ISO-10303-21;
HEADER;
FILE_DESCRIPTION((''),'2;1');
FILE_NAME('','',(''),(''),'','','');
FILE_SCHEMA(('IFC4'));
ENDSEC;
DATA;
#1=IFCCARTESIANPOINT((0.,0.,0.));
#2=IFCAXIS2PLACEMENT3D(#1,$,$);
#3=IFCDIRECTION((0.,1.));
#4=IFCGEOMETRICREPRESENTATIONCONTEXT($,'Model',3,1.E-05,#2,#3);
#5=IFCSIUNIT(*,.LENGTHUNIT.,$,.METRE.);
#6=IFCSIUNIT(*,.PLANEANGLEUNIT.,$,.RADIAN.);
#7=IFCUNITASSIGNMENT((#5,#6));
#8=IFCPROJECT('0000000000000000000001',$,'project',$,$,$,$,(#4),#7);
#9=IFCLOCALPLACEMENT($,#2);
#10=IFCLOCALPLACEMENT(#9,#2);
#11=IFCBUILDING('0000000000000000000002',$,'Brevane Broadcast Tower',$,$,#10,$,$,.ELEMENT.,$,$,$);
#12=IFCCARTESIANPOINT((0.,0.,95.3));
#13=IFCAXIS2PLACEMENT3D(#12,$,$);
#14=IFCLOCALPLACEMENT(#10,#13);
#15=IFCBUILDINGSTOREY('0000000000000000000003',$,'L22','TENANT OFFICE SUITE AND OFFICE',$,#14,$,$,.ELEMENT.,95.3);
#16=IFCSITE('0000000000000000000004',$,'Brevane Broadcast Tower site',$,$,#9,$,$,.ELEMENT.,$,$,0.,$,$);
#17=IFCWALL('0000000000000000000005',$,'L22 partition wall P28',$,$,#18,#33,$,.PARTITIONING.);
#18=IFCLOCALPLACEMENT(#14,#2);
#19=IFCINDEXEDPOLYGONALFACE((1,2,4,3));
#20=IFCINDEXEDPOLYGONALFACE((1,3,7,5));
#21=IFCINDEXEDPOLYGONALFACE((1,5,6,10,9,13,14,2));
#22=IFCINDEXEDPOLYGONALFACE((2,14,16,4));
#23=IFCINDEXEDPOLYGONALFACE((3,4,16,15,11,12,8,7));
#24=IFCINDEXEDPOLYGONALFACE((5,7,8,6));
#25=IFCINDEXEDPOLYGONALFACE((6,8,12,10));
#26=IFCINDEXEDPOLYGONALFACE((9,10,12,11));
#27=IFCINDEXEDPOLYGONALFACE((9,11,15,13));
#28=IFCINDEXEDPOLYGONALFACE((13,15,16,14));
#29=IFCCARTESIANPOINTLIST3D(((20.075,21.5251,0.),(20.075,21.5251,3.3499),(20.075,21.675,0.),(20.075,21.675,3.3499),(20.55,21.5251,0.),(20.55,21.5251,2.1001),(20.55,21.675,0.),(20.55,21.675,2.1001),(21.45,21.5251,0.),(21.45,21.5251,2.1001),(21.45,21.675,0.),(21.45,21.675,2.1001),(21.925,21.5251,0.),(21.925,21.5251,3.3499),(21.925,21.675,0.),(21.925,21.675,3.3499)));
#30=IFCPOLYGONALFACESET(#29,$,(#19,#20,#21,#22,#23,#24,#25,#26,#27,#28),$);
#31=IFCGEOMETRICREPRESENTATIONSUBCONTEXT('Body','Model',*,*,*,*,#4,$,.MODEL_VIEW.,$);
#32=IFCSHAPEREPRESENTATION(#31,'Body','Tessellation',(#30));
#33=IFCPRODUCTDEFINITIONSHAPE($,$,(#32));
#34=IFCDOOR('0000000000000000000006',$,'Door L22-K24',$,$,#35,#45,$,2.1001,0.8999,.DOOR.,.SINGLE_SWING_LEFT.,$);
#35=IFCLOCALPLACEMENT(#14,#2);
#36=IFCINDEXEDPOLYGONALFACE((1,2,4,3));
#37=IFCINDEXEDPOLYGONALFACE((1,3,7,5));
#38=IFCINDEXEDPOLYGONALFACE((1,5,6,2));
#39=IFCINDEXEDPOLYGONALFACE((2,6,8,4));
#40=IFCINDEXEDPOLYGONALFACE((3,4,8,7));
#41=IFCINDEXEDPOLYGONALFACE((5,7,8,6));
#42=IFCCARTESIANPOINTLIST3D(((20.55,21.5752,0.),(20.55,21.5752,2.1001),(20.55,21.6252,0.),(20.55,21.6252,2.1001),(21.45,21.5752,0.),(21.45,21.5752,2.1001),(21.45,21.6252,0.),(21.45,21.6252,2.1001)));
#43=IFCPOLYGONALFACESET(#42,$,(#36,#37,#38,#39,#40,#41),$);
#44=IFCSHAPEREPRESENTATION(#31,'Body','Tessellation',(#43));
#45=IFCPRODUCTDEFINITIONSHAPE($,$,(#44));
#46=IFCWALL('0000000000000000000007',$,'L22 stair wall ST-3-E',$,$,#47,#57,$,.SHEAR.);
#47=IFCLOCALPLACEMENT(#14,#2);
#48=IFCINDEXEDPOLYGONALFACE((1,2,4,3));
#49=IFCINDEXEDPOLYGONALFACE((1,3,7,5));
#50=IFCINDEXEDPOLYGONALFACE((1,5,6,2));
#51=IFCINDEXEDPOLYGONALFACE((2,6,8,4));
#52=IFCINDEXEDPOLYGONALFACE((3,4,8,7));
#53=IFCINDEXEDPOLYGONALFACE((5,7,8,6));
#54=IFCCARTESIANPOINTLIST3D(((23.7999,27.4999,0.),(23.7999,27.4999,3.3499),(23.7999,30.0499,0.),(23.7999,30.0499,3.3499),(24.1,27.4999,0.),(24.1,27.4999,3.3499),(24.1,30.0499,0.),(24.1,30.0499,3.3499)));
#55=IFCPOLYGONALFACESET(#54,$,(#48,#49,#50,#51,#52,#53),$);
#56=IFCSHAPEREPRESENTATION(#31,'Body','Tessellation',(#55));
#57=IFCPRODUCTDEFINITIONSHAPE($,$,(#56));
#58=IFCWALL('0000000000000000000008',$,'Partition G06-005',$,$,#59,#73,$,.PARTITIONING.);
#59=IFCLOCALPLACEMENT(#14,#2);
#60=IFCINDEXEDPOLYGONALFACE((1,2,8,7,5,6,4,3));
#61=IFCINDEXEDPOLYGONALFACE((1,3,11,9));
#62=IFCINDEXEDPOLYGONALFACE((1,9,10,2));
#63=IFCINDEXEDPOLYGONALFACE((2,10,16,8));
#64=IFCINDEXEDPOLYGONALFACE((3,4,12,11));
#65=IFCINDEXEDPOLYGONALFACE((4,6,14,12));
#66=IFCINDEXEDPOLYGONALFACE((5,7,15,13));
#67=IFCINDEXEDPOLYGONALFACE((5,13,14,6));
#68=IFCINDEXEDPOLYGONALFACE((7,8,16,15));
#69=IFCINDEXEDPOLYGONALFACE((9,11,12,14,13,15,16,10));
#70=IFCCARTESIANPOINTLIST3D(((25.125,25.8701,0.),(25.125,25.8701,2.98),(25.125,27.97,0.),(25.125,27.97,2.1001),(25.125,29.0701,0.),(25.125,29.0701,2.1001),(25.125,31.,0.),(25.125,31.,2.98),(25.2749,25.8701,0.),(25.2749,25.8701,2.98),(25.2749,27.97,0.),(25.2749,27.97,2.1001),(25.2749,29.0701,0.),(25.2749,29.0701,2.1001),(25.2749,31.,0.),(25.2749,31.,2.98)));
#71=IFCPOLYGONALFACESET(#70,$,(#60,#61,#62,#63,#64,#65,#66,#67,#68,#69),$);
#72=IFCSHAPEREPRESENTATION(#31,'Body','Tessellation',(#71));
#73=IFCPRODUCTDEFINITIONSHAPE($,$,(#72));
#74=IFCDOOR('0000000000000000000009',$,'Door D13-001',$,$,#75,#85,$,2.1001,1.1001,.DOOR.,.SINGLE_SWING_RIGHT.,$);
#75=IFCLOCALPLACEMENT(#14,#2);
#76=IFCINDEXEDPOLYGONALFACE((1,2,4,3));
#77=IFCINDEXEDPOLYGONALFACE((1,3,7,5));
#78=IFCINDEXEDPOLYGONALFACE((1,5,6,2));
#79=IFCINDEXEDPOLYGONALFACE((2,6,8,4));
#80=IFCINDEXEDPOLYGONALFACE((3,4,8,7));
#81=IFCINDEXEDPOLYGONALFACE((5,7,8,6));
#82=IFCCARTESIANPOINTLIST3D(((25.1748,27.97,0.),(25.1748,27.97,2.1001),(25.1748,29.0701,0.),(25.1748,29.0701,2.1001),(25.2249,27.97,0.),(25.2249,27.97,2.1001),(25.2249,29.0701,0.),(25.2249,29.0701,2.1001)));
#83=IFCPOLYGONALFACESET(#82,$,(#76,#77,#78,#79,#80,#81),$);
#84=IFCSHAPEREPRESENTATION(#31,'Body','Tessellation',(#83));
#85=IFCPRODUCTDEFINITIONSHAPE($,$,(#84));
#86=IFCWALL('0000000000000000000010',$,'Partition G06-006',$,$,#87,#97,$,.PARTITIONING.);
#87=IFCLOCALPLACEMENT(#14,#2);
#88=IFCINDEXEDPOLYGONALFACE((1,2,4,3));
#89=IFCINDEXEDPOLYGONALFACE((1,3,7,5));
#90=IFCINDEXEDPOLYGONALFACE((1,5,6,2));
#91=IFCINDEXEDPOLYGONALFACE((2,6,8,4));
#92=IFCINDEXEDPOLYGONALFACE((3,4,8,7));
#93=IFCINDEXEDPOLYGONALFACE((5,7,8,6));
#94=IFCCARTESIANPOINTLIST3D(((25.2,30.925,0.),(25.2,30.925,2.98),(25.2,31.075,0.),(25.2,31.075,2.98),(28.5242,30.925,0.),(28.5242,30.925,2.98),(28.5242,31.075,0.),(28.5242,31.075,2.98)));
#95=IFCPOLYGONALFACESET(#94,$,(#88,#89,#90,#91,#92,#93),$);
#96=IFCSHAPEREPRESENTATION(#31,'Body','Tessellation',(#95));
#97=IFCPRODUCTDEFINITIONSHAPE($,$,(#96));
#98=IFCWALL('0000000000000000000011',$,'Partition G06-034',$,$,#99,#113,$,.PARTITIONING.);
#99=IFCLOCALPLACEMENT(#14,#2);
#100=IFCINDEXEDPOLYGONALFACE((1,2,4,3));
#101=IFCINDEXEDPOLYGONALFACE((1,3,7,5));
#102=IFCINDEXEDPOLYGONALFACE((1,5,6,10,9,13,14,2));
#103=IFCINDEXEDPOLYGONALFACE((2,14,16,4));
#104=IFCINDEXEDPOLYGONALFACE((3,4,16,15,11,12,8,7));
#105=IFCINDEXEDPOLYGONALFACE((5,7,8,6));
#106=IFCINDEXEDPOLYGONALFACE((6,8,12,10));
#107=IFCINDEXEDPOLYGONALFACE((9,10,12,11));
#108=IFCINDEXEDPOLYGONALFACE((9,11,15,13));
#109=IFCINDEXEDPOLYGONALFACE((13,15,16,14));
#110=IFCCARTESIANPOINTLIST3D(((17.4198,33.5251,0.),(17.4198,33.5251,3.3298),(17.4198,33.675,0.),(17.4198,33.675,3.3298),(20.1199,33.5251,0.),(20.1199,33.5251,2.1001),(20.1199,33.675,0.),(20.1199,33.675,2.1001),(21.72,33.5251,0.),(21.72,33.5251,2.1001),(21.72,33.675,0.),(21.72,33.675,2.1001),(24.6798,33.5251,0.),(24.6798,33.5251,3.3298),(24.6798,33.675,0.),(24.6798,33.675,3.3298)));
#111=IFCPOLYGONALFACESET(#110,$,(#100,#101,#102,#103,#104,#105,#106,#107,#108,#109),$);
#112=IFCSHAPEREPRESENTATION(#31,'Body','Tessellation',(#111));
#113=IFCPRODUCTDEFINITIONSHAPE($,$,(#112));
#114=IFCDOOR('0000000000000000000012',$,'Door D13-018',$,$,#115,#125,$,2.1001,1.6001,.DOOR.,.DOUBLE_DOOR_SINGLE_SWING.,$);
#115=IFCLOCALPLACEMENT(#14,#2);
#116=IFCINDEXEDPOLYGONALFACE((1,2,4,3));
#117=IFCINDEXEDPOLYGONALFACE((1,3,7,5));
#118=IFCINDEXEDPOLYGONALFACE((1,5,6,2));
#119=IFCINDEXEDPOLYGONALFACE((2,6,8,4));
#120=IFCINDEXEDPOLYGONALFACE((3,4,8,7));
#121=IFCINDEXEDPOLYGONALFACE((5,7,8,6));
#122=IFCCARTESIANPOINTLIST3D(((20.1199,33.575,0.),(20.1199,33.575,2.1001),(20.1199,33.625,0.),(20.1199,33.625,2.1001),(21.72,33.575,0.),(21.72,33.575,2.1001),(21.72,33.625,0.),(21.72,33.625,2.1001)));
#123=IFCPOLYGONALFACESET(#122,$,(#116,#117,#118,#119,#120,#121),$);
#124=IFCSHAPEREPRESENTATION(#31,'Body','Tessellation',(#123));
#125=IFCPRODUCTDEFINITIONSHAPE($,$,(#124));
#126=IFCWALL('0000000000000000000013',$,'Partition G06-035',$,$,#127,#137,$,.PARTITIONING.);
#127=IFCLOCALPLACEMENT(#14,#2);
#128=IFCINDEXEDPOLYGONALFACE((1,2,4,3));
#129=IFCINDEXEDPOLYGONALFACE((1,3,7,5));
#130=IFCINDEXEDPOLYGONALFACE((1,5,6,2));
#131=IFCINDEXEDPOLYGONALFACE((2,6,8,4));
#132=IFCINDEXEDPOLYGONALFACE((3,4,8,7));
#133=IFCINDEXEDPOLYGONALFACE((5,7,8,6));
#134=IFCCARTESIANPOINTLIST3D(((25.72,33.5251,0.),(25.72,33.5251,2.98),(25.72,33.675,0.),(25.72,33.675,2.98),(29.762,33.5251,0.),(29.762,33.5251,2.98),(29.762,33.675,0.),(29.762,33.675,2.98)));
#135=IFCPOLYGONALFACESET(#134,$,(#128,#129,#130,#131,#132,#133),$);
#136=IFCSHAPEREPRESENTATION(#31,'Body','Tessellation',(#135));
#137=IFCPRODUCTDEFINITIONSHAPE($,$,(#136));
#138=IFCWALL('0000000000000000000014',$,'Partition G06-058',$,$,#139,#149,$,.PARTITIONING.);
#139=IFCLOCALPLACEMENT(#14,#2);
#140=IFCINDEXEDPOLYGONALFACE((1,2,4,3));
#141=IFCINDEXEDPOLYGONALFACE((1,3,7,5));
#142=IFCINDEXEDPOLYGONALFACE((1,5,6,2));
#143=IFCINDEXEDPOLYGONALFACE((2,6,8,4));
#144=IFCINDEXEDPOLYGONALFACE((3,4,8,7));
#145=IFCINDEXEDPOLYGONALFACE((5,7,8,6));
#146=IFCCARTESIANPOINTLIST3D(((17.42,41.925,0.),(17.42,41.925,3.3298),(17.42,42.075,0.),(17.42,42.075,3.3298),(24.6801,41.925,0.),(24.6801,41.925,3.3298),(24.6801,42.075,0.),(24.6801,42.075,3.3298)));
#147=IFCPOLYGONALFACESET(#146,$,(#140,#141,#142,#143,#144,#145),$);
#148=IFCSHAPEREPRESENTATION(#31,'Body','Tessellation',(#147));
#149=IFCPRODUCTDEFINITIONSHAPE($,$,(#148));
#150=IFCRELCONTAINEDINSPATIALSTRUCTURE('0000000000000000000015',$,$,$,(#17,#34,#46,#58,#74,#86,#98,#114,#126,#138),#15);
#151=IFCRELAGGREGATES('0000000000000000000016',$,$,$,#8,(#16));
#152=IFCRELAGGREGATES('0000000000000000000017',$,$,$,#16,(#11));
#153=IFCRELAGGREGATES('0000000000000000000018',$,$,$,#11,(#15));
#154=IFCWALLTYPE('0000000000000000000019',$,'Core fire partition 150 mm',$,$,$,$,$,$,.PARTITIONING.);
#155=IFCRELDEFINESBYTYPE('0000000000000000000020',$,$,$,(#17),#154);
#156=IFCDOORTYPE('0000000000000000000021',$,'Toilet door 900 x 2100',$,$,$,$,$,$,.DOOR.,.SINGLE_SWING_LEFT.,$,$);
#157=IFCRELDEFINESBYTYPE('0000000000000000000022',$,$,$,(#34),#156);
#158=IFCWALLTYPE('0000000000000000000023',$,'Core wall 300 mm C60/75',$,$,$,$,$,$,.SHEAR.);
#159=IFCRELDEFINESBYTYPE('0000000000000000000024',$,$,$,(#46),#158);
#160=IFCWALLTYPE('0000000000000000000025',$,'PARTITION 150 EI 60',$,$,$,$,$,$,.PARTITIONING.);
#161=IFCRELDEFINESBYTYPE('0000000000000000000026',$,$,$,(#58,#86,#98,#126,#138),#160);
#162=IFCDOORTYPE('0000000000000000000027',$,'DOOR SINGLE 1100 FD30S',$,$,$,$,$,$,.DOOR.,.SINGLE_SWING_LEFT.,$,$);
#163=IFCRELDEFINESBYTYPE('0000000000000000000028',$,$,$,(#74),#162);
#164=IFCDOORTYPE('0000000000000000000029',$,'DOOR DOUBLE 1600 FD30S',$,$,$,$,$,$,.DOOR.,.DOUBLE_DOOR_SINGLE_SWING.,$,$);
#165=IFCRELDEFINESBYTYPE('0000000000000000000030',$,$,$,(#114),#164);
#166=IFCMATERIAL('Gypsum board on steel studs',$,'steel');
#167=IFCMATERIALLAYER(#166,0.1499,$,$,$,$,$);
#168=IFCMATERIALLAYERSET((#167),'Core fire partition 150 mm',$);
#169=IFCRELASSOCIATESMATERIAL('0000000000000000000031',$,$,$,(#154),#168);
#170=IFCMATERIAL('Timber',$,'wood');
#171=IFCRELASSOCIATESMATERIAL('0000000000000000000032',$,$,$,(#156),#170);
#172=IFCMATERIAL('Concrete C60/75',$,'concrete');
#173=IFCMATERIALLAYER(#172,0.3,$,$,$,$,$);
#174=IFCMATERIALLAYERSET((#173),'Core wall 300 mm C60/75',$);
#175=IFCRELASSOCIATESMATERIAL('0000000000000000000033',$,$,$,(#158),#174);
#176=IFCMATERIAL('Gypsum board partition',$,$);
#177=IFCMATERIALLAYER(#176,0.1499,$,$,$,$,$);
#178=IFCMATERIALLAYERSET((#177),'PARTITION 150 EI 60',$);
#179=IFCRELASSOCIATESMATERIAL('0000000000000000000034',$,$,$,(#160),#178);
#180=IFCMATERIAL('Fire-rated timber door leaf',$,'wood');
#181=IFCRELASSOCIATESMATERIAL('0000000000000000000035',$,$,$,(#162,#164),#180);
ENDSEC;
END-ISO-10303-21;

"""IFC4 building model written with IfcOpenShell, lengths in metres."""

from ifc_helpers import new_model, si_unit, direction, frame, frame_2d, origin, place, context, subcontext, project, spatial, polyline, rectangle, outline, extrude, material, layer, layer_set, type_object, element, fill, save


model = new_model("IFC4")

# Units and contexts
model_context = context("Model", 3, precision=1e-05, world=origin(), true_north=direction((0.0, 1.0)))
body_context = subcontext(model_context, "Body", "Model", "MODEL_VIEW")
ifc_project = project(units=[si_unit("LENGTHUNIT", "METRE"), si_unit("PLANEANGLEUNIT", "RADIAN")], contexts=[model_context])

# Site, building, storey
site_placement = place(None, origin())
site = spatial("IfcSite", under=ifc_project, at=site_placement, Name="Brevane Broadcast Tower site", CompositionType="ELEMENT", RefElevation=0.0)
building_placement = place(site_placement, origin())
building = spatial("IfcBuilding", under=site, at=building_placement, Name="Brevane Broadcast Tower", CompositionType="ELEMENT")
storey_placement = place(building_placement, frame((0.0, 0.0, 95.3)))
storey = spatial("IfcBuildingStorey", under=building, at=storey_placement, Name="L22", Description="TENANT OFFICE SUITE AND OFFICE", CompositionType="ELEMENT", Elevation=95.3)

# Shared definitions
ifc_material_1 = material(Name="Concrete C60/75", Category="concrete")

# Shared definitions
ifc_material_2 = material(Name="Gypsum board on steel studs", Category="steel")
ifc_layer_1 = layer(ifc_material_2, 0.1499)
ifc_layer_set_1 = layer_set([ifc_layer_1], Name="Core fire partition 150 mm")
wall_type_1 = type_object("IfcWallType", Name="Core fire partition 150 mm", PredefinedType="PARTITIONING", material=ifc_layer_set_1)

# Wall, opening, door
wall_1_placement = place(storey_placement, frame((21.925, 21.6001, 0.0), z_axis=(0.0, 0.0, 1.0), x_axis=(-1.0, 0.0, 0.0)))
wall_1 = element("IfcWall", 1, at=wall_1_placement, inside=storey, type_object=wall_type_1, Name="L22 partition wall P28", PredefinedType="PARTITIONING", context=body_context, shape_type="SweptSolid", body=[
    extrude(rectangle(XDim=1.8501, YDim=0.1499, at=frame_2d((0.925, 0.0))), origin(), (0.0, 0.0, 1.0), 3.3499),
])
opening_1_placement = place(wall_1_placement, frame((0.4751, 0.0, 0.0)))
opening_1 = element("IfcOpeningElement", 2, at=opening_1_placement, cuts=wall_1, PredefinedType="OPENING", context=body_context, shape_type="SweptSolid", body=[
    extrude(rectangle(XDim=0.8999, YDim=2.1001, at=frame_2d((0.45, 1.05))), frame((0.0, 0.085, 0.0), z_axis=(0.0, -1.0, 0.0), x_axis=(1.0, 0.0, 0.0)), (0.0, 0.0, 1.0), 0.1699),
])
ifc_material_3 = material(Name="Timber", Category="wood")
door_type_1 = type_object("IfcDoorType", Name="Toilet door 900 x 2100", OperationType="SINGLE_SWING_LEFT", PredefinedType="DOOR", material=ifc_material_3)
door_1_placement = place(opening_1_placement, origin())
door_1 = element("IfcDoor", 3, at=door_1_placement, inside=storey, type_object=door_type_1, Name="Door L22-K24", OperationType="SINGLE_SWING_LEFT", OverallHeight=2.1001, OverallWidth=0.8999, PredefinedType="DOOR", context=body_context, shape_type="SweptSolid", body=[
    extrude(rectangle(XDim=0.8999, YDim=2.1001, at=frame_2d((0.45, 1.05))), frame((0.0, 0.0249, 0.0), z_axis=(0.0, -1.0, 0.0), x_axis=(1.0, 0.0, 0.0)), (0.0, 0.0, 1.0), 0.05),
])
fill(opening_1, door_1)

# Wall
ifc_layer_2 = layer(ifc_material_1, 0.3)
ifc_layer_set_2 = layer_set([ifc_layer_2], Name="Core wall 300 mm C60/75")
wall_type_2 = type_object("IfcWallType", Name="Core wall 300 mm C60/75", PredefinedType="SHEAR", material=ifc_layer_set_2)
wall_2_placement = place(storey_placement, frame((23.95, 27.5, 0.0), z_axis=(0.0, 0.0, 1.0), x_axis=(0.0, 1.0, 0.0)))
element("IfcWall", 4, at=wall_2_placement, inside=storey, type_object=wall_type_2, Name="L22 stair wall ST-3-E", PredefinedType="SHEAR", context=body_context, shape_type="SweptSolid", body=[
    extrude(rectangle(XDim=2.55, YDim=0.3, at=frame_2d((1.2749, 0.0))), origin(), (0.0, 0.0, 1.0), 3.3499),
])

# Wall, opening, door
ifc_material_4 = material(Name="Gypsum board partition")
ifc_layer_3 = layer(ifc_material_4, 0.1499)
ifc_layer_set_3 = layer_set([ifc_layer_3], Name="PARTITION 150 EI 60")
wall_type_3 = type_object("IfcWallType", Name="PARTITION 150 EI 60", PredefinedType="PARTITIONING", material=ifc_layer_set_3)
wall_3_placement = place(storey_placement, frame((25.2, 31.0, 0.0), z_axis=(0.0, 0.0, 1.0), x_axis=(0.0, -1.0, 0.0)))
wall_3 = element("IfcWall", 5, at=wall_3_placement, inside=storey, type_object=wall_type_3, Name="Partition G06-005", PredefinedType="PARTITIONING", context=body_context, shape_type="SweptSolid", body=[
    extrude(outline(polyline([(0.0, 0.0), (5.1299, 0.0), (5.1299, 2.98), (0.0, 2.98), (0.0, 0.0)])), frame((0.0, 0.075, 0.0), z_axis=(0.0, -1.0, 0.0), x_axis=(1.0, 0.0, 0.0)), (0.0, 0.0, 1.0), 0.1499),
])
opening_2_placement = place(wall_3_placement, frame((1.9299, 0.0, 0.0)))
opening_2 = element("IfcOpeningElement", 6, at=opening_2_placement, cuts=wall_3, PredefinedType="OPENING", context=body_context, shape_type="SweptSolid", body=[
    extrude(rectangle(XDim=1.1001, YDim=2.1001, at=frame_2d((0.55, 1.05))), frame((0.0, 0.085, 0.0), z_axis=(0.0, -1.0, 0.0), x_axis=(1.0, 0.0, 0.0)), (0.0, 0.0, 1.0), 0.1699),
])
ifc_material_5 = material(Name="Fire-rated timber door leaf", Category="wood")
door_type_2 = type_object("IfcDoorType", Name="DOOR SINGLE 1100 FD30S", OperationType="SINGLE_SWING_LEFT", PredefinedType="DOOR", material=ifc_material_5)
door_2_placement = place(opening_2_placement, origin())
door_2 = element("IfcDoor", 7, at=door_2_placement, inside=storey, type_object=door_type_2, Name="Door D13-001", OperationType="SINGLE_SWING_RIGHT", OverallHeight=2.1001, OverallWidth=1.1001, PredefinedType="DOOR", context=body_context, shape_type="SweptSolid", body=[
    extrude(rectangle(XDim=1.1001, YDim=2.1001, at=frame_2d((0.55, 1.05))), frame((0.0, 0.0249, 0.0), z_axis=(0.0, -1.0, 0.0), x_axis=(1.0, 0.0, 0.0)), (0.0, 0.0, 1.0), 0.05),
])
fill(opening_2, door_2)

# Wall
wall_4_placement = place(storey_placement, frame((25.2, 31.0, 0.0), z_axis=(0.0, 0.0, 1.0), x_axis=(1.0, 0.0, 0.0)))
element("IfcWall", 8, at=wall_4_placement, inside=storey, type_object=wall_type_3, Name="Partition G06-006", PredefinedType="PARTITIONING", context=body_context, shape_type="SweptSolid", body=[
    extrude(rectangle(XDim=3.3242, YDim=0.1499, at=frame_2d((1.6621, 0.0))), origin(), (0.0, 0.0, 1.0), 2.98),
])

# Wall, opening, door
wall_5_placement = place(storey_placement, frame((17.4199, 33.6001, 0.0), z_axis=(0.0, 0.0, 1.0), x_axis=(1.0, 0.0, 0.0)))
wall_5 = element("IfcWall", 9, at=wall_5_placement, inside=storey, type_object=wall_type_3, Name="Partition G06-034", PredefinedType="PARTITIONING", context=body_context, shape_type="SweptSolid", body=[
    extrude(rectangle(XDim=7.26, YDim=0.1499, at=frame_2d((3.6299, 0.0))), origin(), (0.0, 0.0, 1.0), 3.3298),
])
opening_3_placement = place(wall_5_placement, frame((2.7, 0.0, 0.0)))
opening_3 = element("IfcOpeningElement", 10, at=opening_3_placement, cuts=wall_5, PredefinedType="OPENING", context=body_context, shape_type="SweptSolid", body=[
    extrude(rectangle(XDim=1.6001, YDim=2.1001, at=frame_2d((0.8, 1.05))), frame((0.0, 0.085, 0.0), z_axis=(0.0, -1.0, 0.0), x_axis=(1.0, 0.0, 0.0)), (0.0, 0.0, 1.0), 0.1699),
])
door_type_3 = type_object("IfcDoorType", Name="DOOR DOUBLE 1600 FD30S", OperationType="DOUBLE_DOOR_SINGLE_SWING", PredefinedType="DOOR", material=ifc_material_5)
door_3_placement = place(opening_3_placement, origin())
door_3 = element("IfcDoor", 11, at=door_3_placement, inside=storey, type_object=door_type_3, Name="Door D13-018", OperationType="DOUBLE_DOOR_SINGLE_SWING", OverallHeight=2.1001, OverallWidth=1.6001, PredefinedType="DOOR", context=body_context, shape_type="SweptSolid", body=[
    extrude(rectangle(XDim=1.6001, YDim=2.1001, at=frame_2d((0.8, 1.05))), frame((0.0, 0.0249, 0.0), z_axis=(0.0, -1.0, 0.0), x_axis=(1.0, 0.0, 0.0)), (0.0, 0.0, 1.0), 0.05),
])
fill(opening_3, door_3)

# Walls
wall_6_placement = place(storey_placement, frame((25.72, 33.6001, 0.0), z_axis=(0.0, 0.0, 1.0), x_axis=(1.0, 0.0, 0.0)))
element("IfcWall", 12, at=wall_6_placement, inside=storey, type_object=wall_type_3, Name="Partition G06-035", PredefinedType="PARTITIONING", context=body_context, shape_type="SweptSolid", body=[
    extrude(rectangle(XDim=4.042, YDim=0.1499, at=frame_2d((2.021, 0.0))), origin(), (0.0, 0.0, 1.0), 2.98),
])
wall_7_placement = place(storey_placement, frame((24.6799, 42.0, 0.0), z_axis=(0.0, 0.0, 1.0), x_axis=(-1.0, 0.0, 0.0)))
element("IfcWall", 13, at=wall_7_placement, inside=storey, type_object=wall_type_3, Name="Partition G06-058", PredefinedType="PARTITIONING", context=body_context, shape_type="SweptSolid", body=[
    extrude(rectangle(XDim=7.26, YDim=0.1499, at=frame_2d((3.6299, 0.0))), origin(), (0.0, 0.0, 1.0), 3.3298),
])

save(model, "model.ifc")
